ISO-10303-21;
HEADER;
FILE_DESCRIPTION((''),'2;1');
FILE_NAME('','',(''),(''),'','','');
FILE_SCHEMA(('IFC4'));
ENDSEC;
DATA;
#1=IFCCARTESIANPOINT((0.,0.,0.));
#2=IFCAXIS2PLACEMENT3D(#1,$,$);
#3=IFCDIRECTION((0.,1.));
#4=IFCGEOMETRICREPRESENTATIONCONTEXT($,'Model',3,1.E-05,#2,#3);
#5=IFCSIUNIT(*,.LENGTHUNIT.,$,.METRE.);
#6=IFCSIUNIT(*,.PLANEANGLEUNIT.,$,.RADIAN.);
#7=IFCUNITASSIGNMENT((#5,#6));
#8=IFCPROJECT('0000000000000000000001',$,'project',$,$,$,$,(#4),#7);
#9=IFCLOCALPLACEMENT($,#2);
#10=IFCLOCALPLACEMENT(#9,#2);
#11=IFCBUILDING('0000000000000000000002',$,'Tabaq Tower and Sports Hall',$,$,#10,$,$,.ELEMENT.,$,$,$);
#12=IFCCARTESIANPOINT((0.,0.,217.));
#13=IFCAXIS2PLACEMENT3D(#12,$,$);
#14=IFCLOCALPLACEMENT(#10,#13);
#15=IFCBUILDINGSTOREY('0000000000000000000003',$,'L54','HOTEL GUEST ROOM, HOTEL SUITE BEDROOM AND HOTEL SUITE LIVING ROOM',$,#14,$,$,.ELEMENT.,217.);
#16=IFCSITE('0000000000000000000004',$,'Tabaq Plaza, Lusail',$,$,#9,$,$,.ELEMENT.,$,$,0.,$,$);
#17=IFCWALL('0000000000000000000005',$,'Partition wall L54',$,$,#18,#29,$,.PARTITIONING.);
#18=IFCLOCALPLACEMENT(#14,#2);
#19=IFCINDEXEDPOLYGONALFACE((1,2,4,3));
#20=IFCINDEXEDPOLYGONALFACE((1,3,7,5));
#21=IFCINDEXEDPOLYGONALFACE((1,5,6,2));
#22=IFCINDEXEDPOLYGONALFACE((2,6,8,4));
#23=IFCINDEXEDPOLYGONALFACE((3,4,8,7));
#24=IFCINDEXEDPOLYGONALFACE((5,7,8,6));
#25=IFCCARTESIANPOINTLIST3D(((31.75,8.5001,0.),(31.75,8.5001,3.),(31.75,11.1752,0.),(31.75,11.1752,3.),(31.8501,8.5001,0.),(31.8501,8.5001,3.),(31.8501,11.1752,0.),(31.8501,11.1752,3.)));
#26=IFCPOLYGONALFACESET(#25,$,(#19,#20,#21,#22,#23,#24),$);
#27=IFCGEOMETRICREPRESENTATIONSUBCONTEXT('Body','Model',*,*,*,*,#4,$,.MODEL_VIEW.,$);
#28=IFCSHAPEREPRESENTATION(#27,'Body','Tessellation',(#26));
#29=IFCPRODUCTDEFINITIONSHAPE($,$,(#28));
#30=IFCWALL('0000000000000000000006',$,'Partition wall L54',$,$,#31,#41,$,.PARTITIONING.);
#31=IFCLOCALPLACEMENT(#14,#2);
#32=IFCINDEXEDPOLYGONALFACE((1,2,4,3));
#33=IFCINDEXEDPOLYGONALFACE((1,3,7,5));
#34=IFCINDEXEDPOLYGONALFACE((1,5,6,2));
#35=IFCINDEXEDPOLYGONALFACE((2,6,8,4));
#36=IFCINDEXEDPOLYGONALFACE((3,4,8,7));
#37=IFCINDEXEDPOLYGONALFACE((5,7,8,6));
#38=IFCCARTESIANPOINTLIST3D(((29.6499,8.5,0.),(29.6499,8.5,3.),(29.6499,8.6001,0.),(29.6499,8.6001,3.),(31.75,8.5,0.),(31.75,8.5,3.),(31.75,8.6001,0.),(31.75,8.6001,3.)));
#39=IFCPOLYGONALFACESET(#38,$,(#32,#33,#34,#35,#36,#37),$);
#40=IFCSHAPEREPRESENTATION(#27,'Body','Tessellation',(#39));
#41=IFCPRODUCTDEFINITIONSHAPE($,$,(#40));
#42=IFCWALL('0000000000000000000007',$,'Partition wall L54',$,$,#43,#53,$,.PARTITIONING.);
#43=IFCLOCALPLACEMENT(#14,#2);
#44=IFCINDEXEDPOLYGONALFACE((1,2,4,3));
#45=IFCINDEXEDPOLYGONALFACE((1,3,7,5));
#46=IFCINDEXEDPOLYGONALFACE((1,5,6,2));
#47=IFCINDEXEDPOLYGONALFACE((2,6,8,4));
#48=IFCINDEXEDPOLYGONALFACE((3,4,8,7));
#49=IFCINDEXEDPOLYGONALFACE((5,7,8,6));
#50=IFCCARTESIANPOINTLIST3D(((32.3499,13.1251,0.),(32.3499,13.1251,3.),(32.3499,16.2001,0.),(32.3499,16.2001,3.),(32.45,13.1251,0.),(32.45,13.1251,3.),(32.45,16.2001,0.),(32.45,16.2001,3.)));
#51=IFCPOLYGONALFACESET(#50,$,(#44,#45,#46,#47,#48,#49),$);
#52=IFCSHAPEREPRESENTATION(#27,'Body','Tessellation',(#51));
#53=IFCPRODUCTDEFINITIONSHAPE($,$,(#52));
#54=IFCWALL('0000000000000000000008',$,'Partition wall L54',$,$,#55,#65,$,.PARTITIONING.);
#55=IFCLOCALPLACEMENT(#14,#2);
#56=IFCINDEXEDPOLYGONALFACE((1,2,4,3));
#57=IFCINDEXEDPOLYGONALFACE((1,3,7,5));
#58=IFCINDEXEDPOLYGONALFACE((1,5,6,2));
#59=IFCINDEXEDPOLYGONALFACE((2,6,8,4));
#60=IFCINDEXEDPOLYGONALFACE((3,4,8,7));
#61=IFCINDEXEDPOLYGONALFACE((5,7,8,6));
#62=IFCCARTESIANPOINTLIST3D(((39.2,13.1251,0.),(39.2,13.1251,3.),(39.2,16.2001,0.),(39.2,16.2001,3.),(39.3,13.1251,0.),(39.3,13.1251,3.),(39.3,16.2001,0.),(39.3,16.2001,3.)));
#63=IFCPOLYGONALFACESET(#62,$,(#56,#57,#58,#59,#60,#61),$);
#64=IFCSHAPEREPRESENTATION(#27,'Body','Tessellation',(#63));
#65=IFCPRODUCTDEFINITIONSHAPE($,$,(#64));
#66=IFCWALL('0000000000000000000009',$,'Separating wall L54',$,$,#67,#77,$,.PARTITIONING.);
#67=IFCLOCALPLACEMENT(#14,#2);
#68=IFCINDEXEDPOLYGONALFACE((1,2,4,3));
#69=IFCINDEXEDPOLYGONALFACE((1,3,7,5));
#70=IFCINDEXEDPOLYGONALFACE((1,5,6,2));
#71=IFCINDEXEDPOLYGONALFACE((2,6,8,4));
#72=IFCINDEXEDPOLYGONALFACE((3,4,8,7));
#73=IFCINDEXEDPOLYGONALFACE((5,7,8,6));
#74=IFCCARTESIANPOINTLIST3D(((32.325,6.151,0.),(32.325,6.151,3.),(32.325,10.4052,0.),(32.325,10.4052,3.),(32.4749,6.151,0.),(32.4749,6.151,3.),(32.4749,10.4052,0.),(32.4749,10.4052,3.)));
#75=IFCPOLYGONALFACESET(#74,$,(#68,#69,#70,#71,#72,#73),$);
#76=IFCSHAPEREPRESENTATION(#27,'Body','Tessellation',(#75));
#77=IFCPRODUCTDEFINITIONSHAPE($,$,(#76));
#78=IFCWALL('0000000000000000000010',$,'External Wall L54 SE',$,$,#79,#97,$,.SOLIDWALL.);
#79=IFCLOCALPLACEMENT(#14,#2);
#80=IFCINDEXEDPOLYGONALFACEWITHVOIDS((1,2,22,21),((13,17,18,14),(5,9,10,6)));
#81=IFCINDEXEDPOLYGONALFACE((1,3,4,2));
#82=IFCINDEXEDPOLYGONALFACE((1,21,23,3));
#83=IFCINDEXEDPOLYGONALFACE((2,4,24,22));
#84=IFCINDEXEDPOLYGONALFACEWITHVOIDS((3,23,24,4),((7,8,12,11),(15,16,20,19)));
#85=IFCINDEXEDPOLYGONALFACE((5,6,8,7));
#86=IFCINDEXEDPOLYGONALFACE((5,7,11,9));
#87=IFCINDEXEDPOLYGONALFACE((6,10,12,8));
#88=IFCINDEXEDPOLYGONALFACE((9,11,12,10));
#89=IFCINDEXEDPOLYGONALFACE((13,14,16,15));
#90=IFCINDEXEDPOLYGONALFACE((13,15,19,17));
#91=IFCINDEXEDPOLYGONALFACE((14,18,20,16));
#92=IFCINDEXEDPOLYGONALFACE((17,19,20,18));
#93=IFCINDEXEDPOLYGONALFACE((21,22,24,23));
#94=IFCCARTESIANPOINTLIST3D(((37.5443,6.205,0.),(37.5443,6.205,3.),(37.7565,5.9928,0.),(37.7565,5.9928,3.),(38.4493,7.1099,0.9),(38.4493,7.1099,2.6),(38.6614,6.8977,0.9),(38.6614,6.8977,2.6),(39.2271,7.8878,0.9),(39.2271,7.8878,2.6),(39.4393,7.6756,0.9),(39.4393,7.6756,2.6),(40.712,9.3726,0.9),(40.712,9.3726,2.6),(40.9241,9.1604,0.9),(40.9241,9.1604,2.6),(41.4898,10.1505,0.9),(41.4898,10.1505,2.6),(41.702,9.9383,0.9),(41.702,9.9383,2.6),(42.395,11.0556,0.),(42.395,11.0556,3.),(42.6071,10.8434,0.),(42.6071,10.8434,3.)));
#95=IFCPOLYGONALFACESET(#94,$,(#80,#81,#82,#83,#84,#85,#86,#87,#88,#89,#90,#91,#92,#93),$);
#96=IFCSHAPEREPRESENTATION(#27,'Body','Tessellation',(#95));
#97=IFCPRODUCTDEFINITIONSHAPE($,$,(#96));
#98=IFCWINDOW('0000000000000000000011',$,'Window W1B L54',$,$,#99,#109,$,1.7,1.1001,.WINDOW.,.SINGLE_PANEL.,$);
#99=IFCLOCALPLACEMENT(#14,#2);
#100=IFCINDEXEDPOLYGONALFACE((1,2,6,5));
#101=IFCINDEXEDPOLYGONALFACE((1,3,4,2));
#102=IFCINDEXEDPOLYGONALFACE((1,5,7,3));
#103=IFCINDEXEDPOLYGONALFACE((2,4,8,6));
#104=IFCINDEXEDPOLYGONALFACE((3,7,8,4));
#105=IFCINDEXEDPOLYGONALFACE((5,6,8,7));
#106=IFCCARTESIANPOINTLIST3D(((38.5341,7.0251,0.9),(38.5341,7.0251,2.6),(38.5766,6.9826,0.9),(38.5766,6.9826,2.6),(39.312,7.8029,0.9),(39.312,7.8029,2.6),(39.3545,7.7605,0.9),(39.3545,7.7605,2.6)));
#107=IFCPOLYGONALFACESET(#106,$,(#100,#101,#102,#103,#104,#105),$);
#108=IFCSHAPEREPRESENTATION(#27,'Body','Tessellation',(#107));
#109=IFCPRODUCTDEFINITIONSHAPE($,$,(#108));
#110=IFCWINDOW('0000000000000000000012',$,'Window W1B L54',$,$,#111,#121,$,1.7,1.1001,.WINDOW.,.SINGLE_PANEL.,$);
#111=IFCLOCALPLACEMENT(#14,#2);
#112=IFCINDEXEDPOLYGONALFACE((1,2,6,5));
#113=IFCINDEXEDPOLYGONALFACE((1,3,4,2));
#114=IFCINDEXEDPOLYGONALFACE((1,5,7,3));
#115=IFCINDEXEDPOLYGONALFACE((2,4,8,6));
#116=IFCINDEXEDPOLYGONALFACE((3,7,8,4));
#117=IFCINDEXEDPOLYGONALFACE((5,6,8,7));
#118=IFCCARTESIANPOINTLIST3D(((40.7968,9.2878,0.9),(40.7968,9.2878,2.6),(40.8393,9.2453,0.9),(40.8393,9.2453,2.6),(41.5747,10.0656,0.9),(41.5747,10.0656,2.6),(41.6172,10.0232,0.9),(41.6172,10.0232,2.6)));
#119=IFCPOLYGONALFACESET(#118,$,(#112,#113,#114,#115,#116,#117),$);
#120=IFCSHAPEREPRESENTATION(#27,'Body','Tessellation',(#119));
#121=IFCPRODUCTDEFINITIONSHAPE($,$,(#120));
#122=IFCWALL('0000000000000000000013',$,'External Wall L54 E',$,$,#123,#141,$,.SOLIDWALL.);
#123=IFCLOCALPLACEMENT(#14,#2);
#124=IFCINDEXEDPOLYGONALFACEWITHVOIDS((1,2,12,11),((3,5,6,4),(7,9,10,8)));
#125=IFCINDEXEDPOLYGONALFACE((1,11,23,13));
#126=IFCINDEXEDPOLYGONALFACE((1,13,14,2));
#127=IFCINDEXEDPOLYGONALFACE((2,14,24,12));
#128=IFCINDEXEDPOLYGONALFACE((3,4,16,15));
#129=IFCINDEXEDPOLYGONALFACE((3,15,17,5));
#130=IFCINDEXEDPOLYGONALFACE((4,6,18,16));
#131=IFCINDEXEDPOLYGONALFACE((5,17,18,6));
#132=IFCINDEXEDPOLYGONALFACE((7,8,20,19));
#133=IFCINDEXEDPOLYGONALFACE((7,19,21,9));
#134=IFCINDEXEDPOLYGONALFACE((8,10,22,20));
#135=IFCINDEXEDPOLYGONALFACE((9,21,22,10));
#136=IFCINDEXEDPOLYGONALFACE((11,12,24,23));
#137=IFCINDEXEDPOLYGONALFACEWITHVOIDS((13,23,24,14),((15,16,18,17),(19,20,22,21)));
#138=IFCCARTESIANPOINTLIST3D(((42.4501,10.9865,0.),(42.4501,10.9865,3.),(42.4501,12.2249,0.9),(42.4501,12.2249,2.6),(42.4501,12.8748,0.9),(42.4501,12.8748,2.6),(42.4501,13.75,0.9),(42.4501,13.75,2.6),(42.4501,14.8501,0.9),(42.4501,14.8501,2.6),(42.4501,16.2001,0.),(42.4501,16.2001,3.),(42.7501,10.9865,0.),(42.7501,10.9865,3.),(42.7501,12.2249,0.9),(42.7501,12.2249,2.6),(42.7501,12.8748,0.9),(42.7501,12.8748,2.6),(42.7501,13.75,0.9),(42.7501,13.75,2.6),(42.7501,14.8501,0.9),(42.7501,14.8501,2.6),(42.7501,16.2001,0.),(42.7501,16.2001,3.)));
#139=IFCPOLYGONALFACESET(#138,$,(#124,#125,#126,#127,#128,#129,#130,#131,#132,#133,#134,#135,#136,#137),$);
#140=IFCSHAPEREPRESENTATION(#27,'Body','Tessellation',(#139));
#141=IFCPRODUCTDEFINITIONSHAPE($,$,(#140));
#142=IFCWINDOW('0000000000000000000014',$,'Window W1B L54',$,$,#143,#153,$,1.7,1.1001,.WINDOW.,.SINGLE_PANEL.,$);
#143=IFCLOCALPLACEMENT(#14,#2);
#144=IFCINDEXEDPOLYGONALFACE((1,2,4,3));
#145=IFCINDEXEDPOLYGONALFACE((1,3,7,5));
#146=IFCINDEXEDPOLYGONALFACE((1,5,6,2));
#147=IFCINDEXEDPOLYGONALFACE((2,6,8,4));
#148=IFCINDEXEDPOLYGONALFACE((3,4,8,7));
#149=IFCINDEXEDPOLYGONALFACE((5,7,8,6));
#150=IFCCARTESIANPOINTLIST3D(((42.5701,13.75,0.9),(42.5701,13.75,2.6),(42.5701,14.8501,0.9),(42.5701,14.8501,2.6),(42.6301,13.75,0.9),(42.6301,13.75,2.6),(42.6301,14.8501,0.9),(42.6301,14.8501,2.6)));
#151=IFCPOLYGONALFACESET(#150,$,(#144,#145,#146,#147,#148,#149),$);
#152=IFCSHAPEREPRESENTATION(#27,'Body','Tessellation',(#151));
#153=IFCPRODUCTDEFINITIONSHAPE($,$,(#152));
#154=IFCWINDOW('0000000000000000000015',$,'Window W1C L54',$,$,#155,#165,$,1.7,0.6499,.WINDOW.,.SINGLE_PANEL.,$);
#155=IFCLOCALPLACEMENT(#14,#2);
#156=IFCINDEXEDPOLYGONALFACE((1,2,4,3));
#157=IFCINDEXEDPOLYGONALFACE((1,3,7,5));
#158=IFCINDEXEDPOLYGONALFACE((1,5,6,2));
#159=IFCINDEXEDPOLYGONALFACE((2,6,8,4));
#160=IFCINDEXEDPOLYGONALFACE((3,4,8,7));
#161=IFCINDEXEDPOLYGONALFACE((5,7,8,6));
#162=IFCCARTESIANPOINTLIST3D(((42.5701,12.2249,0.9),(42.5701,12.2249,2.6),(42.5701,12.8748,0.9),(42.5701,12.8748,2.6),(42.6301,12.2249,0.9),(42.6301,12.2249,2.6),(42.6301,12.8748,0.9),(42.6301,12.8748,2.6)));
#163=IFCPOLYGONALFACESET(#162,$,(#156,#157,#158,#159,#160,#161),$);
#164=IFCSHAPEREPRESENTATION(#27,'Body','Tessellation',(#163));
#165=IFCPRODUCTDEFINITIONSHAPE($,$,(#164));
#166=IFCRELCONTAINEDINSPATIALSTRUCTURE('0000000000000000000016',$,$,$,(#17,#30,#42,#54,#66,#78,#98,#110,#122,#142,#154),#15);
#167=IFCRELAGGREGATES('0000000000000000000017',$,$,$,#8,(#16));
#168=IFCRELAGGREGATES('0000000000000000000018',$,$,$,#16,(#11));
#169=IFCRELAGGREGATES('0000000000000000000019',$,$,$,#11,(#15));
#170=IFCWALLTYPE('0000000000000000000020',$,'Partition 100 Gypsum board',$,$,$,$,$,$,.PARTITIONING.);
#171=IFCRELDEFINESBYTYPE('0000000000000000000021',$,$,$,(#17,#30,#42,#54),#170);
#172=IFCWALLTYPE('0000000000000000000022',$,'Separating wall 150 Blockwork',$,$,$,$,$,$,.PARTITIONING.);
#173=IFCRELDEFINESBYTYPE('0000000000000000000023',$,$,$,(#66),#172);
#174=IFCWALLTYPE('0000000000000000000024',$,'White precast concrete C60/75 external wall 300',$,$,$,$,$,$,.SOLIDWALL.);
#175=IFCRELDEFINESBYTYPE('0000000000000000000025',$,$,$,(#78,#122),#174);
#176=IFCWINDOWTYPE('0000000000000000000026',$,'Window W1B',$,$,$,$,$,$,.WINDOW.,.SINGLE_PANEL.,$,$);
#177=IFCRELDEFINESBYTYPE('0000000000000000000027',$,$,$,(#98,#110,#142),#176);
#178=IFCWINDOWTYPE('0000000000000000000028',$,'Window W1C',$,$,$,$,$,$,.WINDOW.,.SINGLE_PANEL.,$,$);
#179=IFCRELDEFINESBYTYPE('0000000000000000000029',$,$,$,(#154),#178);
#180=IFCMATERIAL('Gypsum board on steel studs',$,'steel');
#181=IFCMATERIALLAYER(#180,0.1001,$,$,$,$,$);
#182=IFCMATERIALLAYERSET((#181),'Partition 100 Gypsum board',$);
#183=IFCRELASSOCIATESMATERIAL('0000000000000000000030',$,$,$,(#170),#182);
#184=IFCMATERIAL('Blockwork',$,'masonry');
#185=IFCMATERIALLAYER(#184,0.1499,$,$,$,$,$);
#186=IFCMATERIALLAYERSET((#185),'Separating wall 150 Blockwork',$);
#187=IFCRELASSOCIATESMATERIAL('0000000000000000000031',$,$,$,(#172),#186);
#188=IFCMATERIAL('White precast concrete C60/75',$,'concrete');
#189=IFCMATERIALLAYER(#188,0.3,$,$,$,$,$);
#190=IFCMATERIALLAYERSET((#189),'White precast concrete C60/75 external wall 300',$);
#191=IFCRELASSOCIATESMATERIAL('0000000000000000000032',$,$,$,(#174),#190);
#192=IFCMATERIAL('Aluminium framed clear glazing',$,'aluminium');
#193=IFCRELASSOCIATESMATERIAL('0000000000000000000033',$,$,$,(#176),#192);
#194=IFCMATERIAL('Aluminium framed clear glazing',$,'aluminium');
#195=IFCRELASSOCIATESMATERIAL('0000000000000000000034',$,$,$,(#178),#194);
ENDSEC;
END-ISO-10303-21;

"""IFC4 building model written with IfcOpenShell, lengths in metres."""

from ifc_helpers import new_model, si_unit, direction, frame, frame_2d, origin, place, context, subcontext, project, spatial, rectangle, extrude, material, layer, layer_set, type_object, element, fill, save


model = new_model("IFC4")

# Units and contexts
model_context = context("Model", 3, precision=1e-05, world=origin(), true_north=direction((0.0, 1.0)))
body_context = subcontext(model_context, "Body", "Model", "MODEL_VIEW")
ifc_project = project(units=[si_unit("LENGTHUNIT", "METRE"), si_unit("PLANEANGLEUNIT", "RADIAN")], contexts=[model_context])

# Site, building, storey
site_placement = place(None, origin())
site = spatial("IfcSite", under=ifc_project, at=site_placement, Name="Tabaq Plaza, Lusail", CompositionType="ELEMENT", RefElevation=0.0)
building_placement = place(site_placement, origin())
building = spatial("IfcBuilding", under=site, at=building_placement, Name="Tabaq Tower and Sports Hall", CompositionType="ELEMENT")
storey_placement = place(building_placement, frame((0.0, 0.0, 217.0)))
storey = spatial("IfcBuildingStorey", under=building, at=storey_placement, Name="L54", Description="HOTEL GUEST ROOM, HOTEL SUITE BEDROOM AND HOTEL SUITE LIVING ROOM", CompositionType="ELEMENT", Elevation=217.0)

# Shared definitions
ifc_material_1 = material(Name="Gypsum board on steel studs", Category="steel")
ifc_layer_1 = layer(ifc_material_1, 0.1001)
ifc_layer_set_1 = layer_set([ifc_layer_1], Name="Partition 100 Gypsum board")
wall_type_1 = type_object("IfcWallType", Name="Partition 100 Gypsum board", PredefinedType="PARTITIONING", material=ifc_layer_set_1)

# Walls
wall_1_placement = place(storey_placement, frame((31.8, 11.175, 0.0), z_axis=(0.0, 0.0, 1.0), x_axis=(0.0, -1.0, 0.0)))
element("IfcWall", 1, at=wall_1_placement, inside=storey, type_object=wall_type_1, Name="Partition wall L54", PredefinedType="PARTITIONING", context=body_context, shape_type="SweptSolid", body=[
    extrude(rectangle(XDim=2.675, YDim=0.1001, at=frame_2d((1.3374, 0.0))), origin(), (0.0, 0.0, 1.0), 3.0),
])
wall_2_placement = place(storey_placement, frame((31.75, 8.55, 0.0), z_axis=(0.0, 0.0, 1.0), x_axis=(-1.0, 0.0, 0.0)))
element("IfcWall", 2, at=wall_2_placement, inside=storey, type_object=wall_type_1, Name="Partition wall L54", PredefinedType="PARTITIONING", context=body_context, shape_type="SweptSolid", body=[
    extrude(rectangle(XDim=2.1001, YDim=0.1001, at=frame_2d((1.05, 0.0))), origin(), (0.0, 0.0, 1.0), 3.0),
])
for number, where, z_axis, x_axis, name in (
    (3, (32.3999, 13.125, 0.0), (0.0, 0.0, 1.0), (0.0, 1.0, 0.0), "Partition wall L54"),
    (4, (39.25, 13.125, 0.0), (0.0, 0.0, 1.0), (0.0, 1.0, 0.0), "Partition wall L54"),
):
    element("IfcWall", number, at=place(storey_placement, frame(where, z_axis=z_axis, x_axis=x_axis)), inside=storey, type_object=wall_type_1, Name=name, PredefinedType="PARTITIONING", context=body_context, shape_type="SweptSolid", body=[
        extrude(rectangle(XDim=3.075, YDim=0.1001, at=frame_2d((1.5376, 0.0))), origin(), (0.0, 0.0, 1.0), 3.0),
    ])
ifc_material_2 = material(Name="Blockwork", Category="masonry")
ifc_layer_2 = layer(ifc_material_2, 0.1499)
ifc_layer_set_2 = layer_set([ifc_layer_2], Name="Separating wall 150 Blockwork")
wall_type_2 = type_object("IfcWallType", Name="Separating wall 150 Blockwork", PredefinedType="PARTITIONING", material=ifc_layer_set_2)
wall_3_placement = place(storey_placement, frame((32.3999, 10.405, 0.0), z_axis=(0.0, 0.0, 1.0), x_axis=(0.0, -1.0, 0.0)))
element("IfcWall", 5, at=wall_3_placement, inside=storey, type_object=wall_type_2, Name="Separating wall L54", PredefinedType="PARTITIONING", context=body_context, shape_type="SweptSolid", body=[
    extrude(rectangle(XDim=4.2542, YDim=0.1499, at=frame_2d((2.127, 0.0))), origin(), (0.0, 0.0, 1.0), 3.0),
])

# Walls, openings, windows
ifc_material_3 = material(Name="White precast concrete C60/75", Category="concrete")
ifc_layer_3 = layer(ifc_material_3, 0.3)
ifc_layer_set_3 = layer_set([ifc_layer_3], Name="White precast concrete C60/75 external wall 300")
wall_type_3 = type_object("IfcWallType", Name="White precast concrete C60/75 external wall 300", PredefinedType="SOLIDWALL", material=ifc_layer_set_3)
wall_4_placement = place(storey_placement, frame((37.6504, 6.0989, 0.0), z_axis=(0.0, 0.0, 1.0), x_axis=(0.707107, 0.707107, 0.0)))
wall_4 = element("IfcWall", 6, at=wall_4_placement, inside=storey, type_object=wall_type_3, Name="External Wall L54 SE", PredefinedType="SOLIDWALL", context=body_context, shape_type="SweptSolid", body=[
    extrude(rectangle(XDim=6.8599, YDim=0.3, at=frame_2d((3.4299, 0.0))), origin(), (0.0, 0.0, 1.0), 3.0),
])
opening_1_placement = place(wall_4_placement, frame((1.2798, 0.0, 0.8999)))
opening_1 = element("IfcOpeningElement", 7, at=opening_1_placement, cuts=wall_4, PredefinedType="OPENING", context=body_context, shape_type="SweptSolid", body=[
    extrude(rectangle(XDim=1.1001, YDim=1.7, at=frame_2d((0.55, 0.8501))), frame((0.0, 0.1602, 0.0), z_axis=(0.0, -1.0, 0.0), x_axis=(1.0, 0.0, 0.0)), (0.0, 0.0, 1.0), 0.3201),
])
opening_2_placement = place(wall_4_placement, frame((4.4797, 0.0, 0.8999)))
opening_2 = element("IfcOpeningElement", 8, at=opening_2_placement, cuts=wall_4, PredefinedType="OPENING", context=body_context, shape_type="SweptSolid", body=[
    extrude(rectangle(XDim=1.1001, YDim=1.7, at=frame_2d((0.55, 0.8501))), frame((0.0, 0.1602, 0.0), z_axis=(0.0, -1.0, 0.0), x_axis=(1.0, 0.0, 0.0)), (0.0, 0.0, 1.0), 0.3201),
])
ifc_material_4 = material(Name="Aluminium framed clear glazing", Category="aluminium")
window_type_1 = type_object("IfcWindowType", Name="Window W1B", PartitioningType="SINGLE_PANEL", PredefinedType="WINDOW", material=ifc_material_4)
window_1_placement = place(opening_1_placement, origin())
window_1 = element("IfcWindow", 9, at=window_1_placement, inside=storey, type_object=window_type_1, Name="Window W1B L54", OverallHeight=1.7, OverallWidth=1.1001, PartitioningType="SINGLE_PANEL", PredefinedType="WINDOW", context=body_context, shape_type="SweptSolid", body=[
    extrude(rectangle(XDim=1.1001, YDim=1.7, at=frame_2d((0.55, 0.8501))), frame((0.0, 0.03, 0.0), z_axis=(0.0, -1.0, 0.0), x_axis=(1.0, 0.0, 0.0)), (0.0, 0.0, 1.0), 0.0601),
])
fill(opening_1, window_1)
window_2_placement = place(opening_2_placement, origin())
window_2 = element("IfcWindow", 10, at=window_2_placement, inside=storey, type_object=window_type_1, Name="Window W1B L54", OverallHeight=1.7, OverallWidth=1.1001, PartitioningType="SINGLE_PANEL", PredefinedType="WINDOW", context=body_context, shape_type="SweptSolid", body=[
    extrude(rectangle(XDim=1.1001, YDim=1.7, at=frame_2d((0.55, 0.8501))), frame((0.0, 0.03, 0.0), z_axis=(0.0, -1.0, 0.0), x_axis=(1.0, 0.0, 0.0)), (0.0, 0.0, 1.0), 0.0601),
])
fill(opening_2, window_2)
wall_5_placement = place(storey_placement, frame((42.6001, 10.9863, 0.0), z_axis=(0.0, 0.0, 1.0), x_axis=(0.0, 1.0, 0.0)))
wall_5 = element("IfcWall", 11, at=wall_5_placement, inside=storey, type_object=wall_type_3, Name="External Wall L54 E", PredefinedType="SOLIDWALL", context=body_context, shape_type="SweptSolid", body=[
    extrude(rectangle(XDim=5.2136, YDim=0.3, at=frame_2d((2.6069, 0.0))), origin(), (0.0, 0.0, 1.0), 3.0),
])
opening_3_placement = place(wall_5_placement, frame((1.2385, 0.0, 0.8999)))
opening_3 = element("IfcOpeningElement", 12, at=opening_3_placement, cuts=wall_5, PredefinedType="OPENING", context=body_context, shape_type="SweptSolid", body=[
    extrude(rectangle(XDim=0.6499, YDim=1.7, at=frame_2d((0.325, 0.8501))), frame((0.0, 0.1602, 0.0), z_axis=(0.0, -1.0, 0.0), x_axis=(1.0, 0.0, 0.0)), (0.0, 0.0, 1.0), 0.3201),
])
opening_4_placement = place(wall_5_placement, frame((2.7637, 0.0, 0.8999)))
opening_4 = element("IfcOpeningElement", 13, at=opening_4_placement, cuts=wall_5, PredefinedType="OPENING", context=body_context, shape_type="SweptSolid", body=[
    extrude(rectangle(XDim=1.1001, YDim=1.7, at=frame_2d((0.55, 0.8501))), frame((0.0, 0.1602, 0.0), z_axis=(0.0, -1.0, 0.0), x_axis=(1.0, 0.0, 0.0)), (0.0, 0.0, 1.0), 0.3201),
])
window_3_placement = place(opening_4_placement, origin())
window_3 = element("IfcWindow", 14, at=window_3_placement, inside=storey, type_object=window_type_1, Name="Window W1B L54", OverallHeight=1.7, OverallWidth=1.1001, PartitioningType="SINGLE_PANEL", PredefinedType="WINDOW", context=body_context, shape_type="SweptSolid", body=[
    extrude(rectangle(XDim=1.1001, YDim=1.7, at=frame_2d((0.55, 0.8501))), frame((0.0, 0.03, 0.0), z_axis=(0.0, -1.0, 0.0), x_axis=(1.0, 0.0, 0.0)), (0.0, 0.0, 1.0), 0.0601),
])
fill(opening_4, window_3)
ifc_material_5 = material(Name="Aluminium framed clear glazing", Category="aluminium")
window_type_2 = type_object("IfcWindowType", Name="Window W1C", PartitioningType="SINGLE_PANEL", PredefinedType="WINDOW", material=ifc_material_5)
window_4_placement = place(opening_3_placement, origin())
window_4 = element("IfcWindow", 15, at=window_4_placement, inside=storey, type_object=window_type_2, Name="Window W1C L54", OverallHeight=1.7, OverallWidth=0.6499, PartitioningType="SINGLE_PANEL", PredefinedType="WINDOW", context=body_context, shape_type="SweptSolid", body=[
    extrude(rectangle(XDim=0.6499, YDim=1.7, at=frame_2d((0.325, 0.8501))), frame((0.0, 0.03, 0.0), z_axis=(0.0, -1.0, 0.0), x_axis=(1.0, 0.0, 0.0)), (0.0, 0.0, 1.0), 0.0601),
])
fill(opening_3, window_4)

save(model, "model.ifc")
